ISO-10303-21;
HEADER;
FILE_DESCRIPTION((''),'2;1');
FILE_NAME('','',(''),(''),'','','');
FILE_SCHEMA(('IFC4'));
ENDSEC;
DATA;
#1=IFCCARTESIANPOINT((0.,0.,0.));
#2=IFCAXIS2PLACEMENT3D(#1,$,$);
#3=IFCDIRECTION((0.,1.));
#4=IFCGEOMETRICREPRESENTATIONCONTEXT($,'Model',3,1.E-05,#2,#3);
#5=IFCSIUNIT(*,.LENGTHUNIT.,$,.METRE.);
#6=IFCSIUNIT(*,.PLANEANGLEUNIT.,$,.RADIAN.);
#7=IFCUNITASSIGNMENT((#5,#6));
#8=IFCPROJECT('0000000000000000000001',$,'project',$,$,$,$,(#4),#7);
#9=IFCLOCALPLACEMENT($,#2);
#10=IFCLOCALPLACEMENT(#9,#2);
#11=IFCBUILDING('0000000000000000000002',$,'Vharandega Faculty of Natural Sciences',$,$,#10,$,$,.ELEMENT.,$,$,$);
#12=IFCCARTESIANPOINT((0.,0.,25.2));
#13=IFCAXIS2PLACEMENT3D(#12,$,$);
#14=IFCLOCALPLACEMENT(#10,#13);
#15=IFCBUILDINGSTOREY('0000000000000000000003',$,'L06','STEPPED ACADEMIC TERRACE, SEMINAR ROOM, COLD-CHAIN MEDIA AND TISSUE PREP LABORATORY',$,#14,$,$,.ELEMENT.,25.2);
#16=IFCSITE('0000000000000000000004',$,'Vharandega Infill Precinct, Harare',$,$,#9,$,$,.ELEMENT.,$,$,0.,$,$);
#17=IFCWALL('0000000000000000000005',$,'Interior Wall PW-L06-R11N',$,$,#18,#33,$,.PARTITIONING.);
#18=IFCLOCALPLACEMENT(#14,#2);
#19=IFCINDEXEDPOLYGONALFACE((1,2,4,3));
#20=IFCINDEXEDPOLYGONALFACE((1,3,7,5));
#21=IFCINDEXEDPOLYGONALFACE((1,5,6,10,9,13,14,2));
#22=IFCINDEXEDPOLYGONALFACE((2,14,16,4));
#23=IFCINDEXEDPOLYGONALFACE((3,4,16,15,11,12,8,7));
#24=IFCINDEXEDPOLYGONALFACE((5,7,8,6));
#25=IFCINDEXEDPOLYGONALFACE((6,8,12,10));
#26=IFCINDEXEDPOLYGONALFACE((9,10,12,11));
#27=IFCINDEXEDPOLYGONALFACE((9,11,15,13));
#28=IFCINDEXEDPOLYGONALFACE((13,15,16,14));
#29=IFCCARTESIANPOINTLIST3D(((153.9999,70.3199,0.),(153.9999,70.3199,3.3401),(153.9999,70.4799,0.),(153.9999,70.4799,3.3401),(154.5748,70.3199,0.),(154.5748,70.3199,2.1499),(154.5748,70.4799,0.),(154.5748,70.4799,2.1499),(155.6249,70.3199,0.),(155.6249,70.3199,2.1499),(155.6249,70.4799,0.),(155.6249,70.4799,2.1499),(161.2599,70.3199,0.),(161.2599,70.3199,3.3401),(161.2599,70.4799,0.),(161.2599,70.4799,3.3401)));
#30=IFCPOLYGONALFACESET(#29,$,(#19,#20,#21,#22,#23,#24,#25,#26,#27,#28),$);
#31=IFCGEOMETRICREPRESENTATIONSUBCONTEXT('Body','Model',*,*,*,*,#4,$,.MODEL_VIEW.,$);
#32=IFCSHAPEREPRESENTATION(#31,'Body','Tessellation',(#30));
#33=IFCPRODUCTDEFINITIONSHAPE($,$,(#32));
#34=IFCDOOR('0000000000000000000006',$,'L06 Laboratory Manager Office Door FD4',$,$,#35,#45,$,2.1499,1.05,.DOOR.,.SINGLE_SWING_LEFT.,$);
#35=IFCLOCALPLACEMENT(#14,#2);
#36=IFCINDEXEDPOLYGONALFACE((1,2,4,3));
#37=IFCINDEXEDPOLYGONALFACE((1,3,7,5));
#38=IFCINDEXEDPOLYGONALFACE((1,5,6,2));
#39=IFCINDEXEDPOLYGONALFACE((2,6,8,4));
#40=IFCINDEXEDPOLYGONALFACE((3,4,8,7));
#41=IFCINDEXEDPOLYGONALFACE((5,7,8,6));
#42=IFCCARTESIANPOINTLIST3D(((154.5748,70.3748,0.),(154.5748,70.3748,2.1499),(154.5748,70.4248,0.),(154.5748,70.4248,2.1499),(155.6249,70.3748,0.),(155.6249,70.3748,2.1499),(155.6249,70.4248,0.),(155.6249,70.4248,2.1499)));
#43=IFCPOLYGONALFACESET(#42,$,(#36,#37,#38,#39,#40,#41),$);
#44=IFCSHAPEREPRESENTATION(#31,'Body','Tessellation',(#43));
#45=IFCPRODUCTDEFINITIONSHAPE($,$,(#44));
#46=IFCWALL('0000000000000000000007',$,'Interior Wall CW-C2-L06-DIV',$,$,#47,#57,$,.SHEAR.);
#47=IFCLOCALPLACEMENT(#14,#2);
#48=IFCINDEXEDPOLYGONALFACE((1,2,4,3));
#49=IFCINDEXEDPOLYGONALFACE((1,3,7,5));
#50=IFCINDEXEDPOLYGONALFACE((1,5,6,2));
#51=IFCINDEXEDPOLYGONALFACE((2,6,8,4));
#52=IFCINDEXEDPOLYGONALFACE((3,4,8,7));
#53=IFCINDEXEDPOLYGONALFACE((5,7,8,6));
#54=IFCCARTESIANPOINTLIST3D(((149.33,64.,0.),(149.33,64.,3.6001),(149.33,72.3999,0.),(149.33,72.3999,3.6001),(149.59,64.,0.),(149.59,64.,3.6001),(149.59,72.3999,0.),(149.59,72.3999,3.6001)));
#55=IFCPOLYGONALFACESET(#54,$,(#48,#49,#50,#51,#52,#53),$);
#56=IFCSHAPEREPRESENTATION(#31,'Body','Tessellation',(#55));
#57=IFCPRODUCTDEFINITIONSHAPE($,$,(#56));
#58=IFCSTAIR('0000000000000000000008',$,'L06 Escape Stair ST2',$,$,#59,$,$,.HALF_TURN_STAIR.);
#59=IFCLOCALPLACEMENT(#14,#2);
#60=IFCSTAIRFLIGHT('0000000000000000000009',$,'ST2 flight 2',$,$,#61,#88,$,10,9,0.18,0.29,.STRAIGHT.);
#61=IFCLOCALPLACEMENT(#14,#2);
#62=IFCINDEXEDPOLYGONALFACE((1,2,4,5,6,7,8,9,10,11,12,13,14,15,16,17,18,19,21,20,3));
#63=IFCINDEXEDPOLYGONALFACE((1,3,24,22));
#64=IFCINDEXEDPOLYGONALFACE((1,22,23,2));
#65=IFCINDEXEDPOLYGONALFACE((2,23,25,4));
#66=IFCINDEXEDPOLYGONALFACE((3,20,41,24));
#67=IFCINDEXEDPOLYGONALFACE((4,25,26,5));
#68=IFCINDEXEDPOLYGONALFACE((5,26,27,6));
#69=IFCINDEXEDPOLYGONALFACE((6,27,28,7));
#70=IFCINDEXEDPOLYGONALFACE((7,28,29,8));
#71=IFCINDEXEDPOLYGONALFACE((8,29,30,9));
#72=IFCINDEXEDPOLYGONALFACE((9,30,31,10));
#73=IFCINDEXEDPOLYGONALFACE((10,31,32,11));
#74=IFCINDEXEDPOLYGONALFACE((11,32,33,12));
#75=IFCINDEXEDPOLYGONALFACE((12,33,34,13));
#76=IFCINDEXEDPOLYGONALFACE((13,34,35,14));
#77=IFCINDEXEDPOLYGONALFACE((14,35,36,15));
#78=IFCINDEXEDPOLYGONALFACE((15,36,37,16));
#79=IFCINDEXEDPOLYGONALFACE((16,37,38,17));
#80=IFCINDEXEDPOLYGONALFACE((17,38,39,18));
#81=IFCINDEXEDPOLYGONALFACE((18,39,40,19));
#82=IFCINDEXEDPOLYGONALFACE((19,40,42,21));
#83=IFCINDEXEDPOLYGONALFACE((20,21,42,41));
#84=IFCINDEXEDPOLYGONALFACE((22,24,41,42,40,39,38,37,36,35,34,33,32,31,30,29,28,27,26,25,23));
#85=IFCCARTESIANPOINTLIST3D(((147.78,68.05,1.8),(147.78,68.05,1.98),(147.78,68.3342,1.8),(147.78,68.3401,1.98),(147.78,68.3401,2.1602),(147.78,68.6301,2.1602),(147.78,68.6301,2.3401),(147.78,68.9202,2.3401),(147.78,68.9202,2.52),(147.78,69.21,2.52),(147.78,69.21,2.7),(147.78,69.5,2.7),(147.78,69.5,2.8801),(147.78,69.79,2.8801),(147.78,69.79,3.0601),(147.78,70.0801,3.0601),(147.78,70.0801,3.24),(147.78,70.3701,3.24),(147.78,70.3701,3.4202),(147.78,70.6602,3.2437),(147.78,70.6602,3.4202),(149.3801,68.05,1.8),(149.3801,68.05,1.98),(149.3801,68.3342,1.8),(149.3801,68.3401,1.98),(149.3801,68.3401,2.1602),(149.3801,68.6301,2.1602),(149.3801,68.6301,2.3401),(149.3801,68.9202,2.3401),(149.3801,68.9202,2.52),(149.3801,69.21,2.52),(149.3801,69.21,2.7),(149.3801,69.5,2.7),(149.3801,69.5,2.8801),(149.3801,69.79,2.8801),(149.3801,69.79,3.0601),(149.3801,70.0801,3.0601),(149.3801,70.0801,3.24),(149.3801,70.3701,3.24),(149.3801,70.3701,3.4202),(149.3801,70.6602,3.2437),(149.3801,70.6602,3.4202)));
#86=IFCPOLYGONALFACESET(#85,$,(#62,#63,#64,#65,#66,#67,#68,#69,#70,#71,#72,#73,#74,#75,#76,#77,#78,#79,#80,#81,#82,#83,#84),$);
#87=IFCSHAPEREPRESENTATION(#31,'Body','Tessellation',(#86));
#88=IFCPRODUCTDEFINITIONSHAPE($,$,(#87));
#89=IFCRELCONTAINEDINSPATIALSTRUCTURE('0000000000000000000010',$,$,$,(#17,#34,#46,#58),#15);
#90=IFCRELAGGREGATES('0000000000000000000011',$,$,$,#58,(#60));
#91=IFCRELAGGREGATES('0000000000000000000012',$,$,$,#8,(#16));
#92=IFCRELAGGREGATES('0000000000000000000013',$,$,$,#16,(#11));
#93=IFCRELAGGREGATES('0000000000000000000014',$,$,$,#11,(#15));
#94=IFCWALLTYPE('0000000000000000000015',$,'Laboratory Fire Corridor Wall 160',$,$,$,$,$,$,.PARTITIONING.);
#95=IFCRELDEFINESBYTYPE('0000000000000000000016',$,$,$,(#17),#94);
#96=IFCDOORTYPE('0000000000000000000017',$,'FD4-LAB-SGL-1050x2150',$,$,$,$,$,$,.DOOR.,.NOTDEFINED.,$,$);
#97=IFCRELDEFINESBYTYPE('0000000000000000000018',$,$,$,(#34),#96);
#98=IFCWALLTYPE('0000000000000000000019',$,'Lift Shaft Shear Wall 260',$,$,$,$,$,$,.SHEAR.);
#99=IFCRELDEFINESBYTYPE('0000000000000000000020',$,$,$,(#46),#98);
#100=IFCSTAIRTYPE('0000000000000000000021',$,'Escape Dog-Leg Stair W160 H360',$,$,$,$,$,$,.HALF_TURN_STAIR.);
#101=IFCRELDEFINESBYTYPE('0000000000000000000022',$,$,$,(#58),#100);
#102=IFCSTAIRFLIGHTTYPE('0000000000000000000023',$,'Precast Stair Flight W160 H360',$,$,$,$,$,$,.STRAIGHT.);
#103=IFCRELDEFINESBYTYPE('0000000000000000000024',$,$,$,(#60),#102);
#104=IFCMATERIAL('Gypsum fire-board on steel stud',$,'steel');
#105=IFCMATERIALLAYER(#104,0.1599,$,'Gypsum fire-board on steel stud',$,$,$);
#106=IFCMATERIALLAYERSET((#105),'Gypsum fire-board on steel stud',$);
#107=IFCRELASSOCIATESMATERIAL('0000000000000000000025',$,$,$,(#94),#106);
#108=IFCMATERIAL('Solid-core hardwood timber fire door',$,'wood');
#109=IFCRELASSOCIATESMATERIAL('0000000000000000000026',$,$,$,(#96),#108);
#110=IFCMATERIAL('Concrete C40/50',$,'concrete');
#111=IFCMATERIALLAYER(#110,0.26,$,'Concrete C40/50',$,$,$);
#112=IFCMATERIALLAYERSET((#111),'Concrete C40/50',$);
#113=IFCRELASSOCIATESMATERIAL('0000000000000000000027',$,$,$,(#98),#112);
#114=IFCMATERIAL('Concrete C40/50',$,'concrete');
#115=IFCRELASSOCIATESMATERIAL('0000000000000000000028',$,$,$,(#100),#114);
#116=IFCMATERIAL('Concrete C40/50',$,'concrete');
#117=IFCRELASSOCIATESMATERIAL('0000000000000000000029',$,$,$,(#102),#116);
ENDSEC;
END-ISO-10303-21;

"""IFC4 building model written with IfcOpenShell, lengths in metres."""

from ifc_helpers import new_model, si_unit, direction, frame, frame_2d, origin, place, context, subcontext, project, spatial, polyline, rectangle, outline, extrude, material, layer, layer_set, type_object, element, fill, aggregate, save


model = new_model("IFC4")

# Units and contexts
model_context = context("Model", 3, precision=1e-05, world=origin(), true_north=direction((0.0, 1.0)))
body_context = subcontext(model_context, "Body", "Model", "MODEL_VIEW")
ifc_project = project(units=[si_unit("LENGTHUNIT", "METRE"), si_unit("PLANEANGLEUNIT", "RADIAN")], contexts=[model_context])

# Site, building, storey
site_placement = place(None, origin())
site = spatial("IfcSite", under=ifc_project, at=site_placement, Name="Vharandega Infill Precinct, Harare", CompositionType="ELEMENT", RefElevation=0.0)
building_placement = place(site_placement, origin())
building = spatial("IfcBuilding", under=site, at=building_placement, Name="Vharandega Faculty of Natural Sciences", CompositionType="ELEMENT")
storey_placement = place(building_placement, frame((0.0, 0.0, 25.2)))
storey = spatial("IfcBuildingStorey", under=building, at=storey_placement, Name="L06", Description="STEPPED ACADEMIC TERRACE, SEMINAR ROOM, COLD-CHAIN MEDIA AND TISSUE PREP LABORATORY", CompositionType="ELEMENT", Elevation=25.2)

# Wall, opening, door
ifc_material_1 = material(Name="Gypsum fire-board on steel stud", Category="steel")
ifc_layer_1 = layer(ifc_material_1, 0.1599, Name="Gypsum fire-board on steel stud")
ifc_layer_set_1 = layer_set([ifc_layer_1], Name="Gypsum fire-board on steel stud")
wall_type_1 = type_object("IfcWallType", Name="Laboratory Fire Corridor Wall 160", PredefinedType="PARTITIONING", material=ifc_layer_set_1)
wall_1_placement = place(storey_placement, frame((154.0, 70.3999, 0.0), z_axis=(0.0, 0.0, 1.0), x_axis=(1.0, 0.0, 0.0)))
wall_1 = element("IfcWall", 1, at=wall_1_placement, inside=storey, type_object=wall_type_1, Name="Interior Wall PW-L06-R11N", PredefinedType="PARTITIONING", context=body_context, shape_type="SweptSolid", body=[
    extrude(rectangle(XDim=7.26, YDim=0.1599, at=frame_2d((3.6299, 0.0))), origin(), (0.0, 0.0, 1.0), 3.3401),
])
opening_1_placement = place(wall_1_placement, frame((0.575, 0.0, 0.0)))
opening_1 = element("IfcOpeningElement", 2, at=opening_1_placement, cuts=wall_1, PredefinedType="OPENING", context=body_context, shape_type="SweptSolid", body=[
    extrude(rectangle(XDim=1.05, YDim=2.1499, at=frame_2d((0.5249, 1.075))), frame((0.0, 0.0898, 0.0), z_axis=(0.0, -1.0, 0.0), x_axis=(1.0, 0.0, 0.0)), (0.0, 0.0, 1.0), 0.1799),
])
ifc_material_2 = material(Name="Solid-core hardwood timber fire door", Category="wood")
door_type_1 = type_object("IfcDoorType", Name="FD4-LAB-SGL-1050x2150", OperationType="NOTDEFINED", PredefinedType="DOOR", material=ifc_material_2)
door_1_placement = place(opening_1_placement, origin())
door_1 = element("IfcDoor", 3, at=door_1_placement, inside=storey, type_object=door_type_1, Name="L06 Laboratory Manager Office Door FD4", OperationType="SINGLE_SWING_LEFT", OverallHeight=2.1499, OverallWidth=1.05, PredefinedType="DOOR", context=body_context, shape_type="SweptSolid", body=[
    extrude(rectangle(XDim=1.05, YDim=2.1499, at=frame_2d((0.5249, 1.075))), frame((0.0, 0.0249, 0.0), z_axis=(0.0, -1.0, 0.0), x_axis=(1.0, 0.0, 0.0)), (0.0, 0.0, 1.0), 0.05),
])
fill(opening_1, door_1)

# Wall
ifc_material_3 = material(Name="Concrete C40/50", Category="concrete")
ifc_layer_2 = layer(ifc_material_3, 0.26, Name="Concrete C40/50")
ifc_layer_set_2 = layer_set([ifc_layer_2], Name="Concrete C40/50")
wall_type_2 = type_object("IfcWallType", Name="Lift Shaft Shear Wall 260", PredefinedType="SHEAR", material=ifc_layer_set_2)
wall_2_placement = place(storey_placement, frame((149.46, 64.0, 0.0), z_axis=(0.0, 0.0, 1.0), x_axis=(0.0, 1.0, 0.0)))
element("IfcWall", 4, at=wall_2_placement, inside=storey, type_object=wall_type_2, Name="Interior Wall CW-C2-L06-DIV", PredefinedType="SHEAR", context=body_context, shape_type="SweptSolid", body=[
    extrude(rectangle(XDim=8.3999, YDim=0.26, at=frame_2d((4.2, 0.0))), origin(), (0.0, 0.0, 1.0), 3.6001),
])

# Stair, stair flight
ifc_material_4 = material(Name="Concrete C40/50", Category="concrete")
stair_type = type_object("IfcStairType", Name="Escape Dog-Leg Stair W160 H360", PredefinedType="HALF_TURN_STAIR", material=ifc_material_4)
stair_placement = place(storey_placement, origin())
stair = element("IfcStair", 5, at=stair_placement, inside=storey, type_object=stair_type, Name="L06 Escape Stair ST2", PredefinedType="HALF_TURN_STAIR")
ifc_material_5 = material(Name="Concrete C40/50", Category="concrete")
stair_flight_type = type_object("IfcStairFlightType", Name="Precast Stair Flight W160 H360", PredefinedType="STRAIGHT", material=ifc_material_5)
stair_flight_placement = place(storey_placement, frame((148.5801, 68.05, 1.8), z_axis=(0.0, 0.0, 1.0), x_axis=(0.0, 1.0, 0.0)))
stair_flight = element("IfcStairFlight", 6, at=stair_flight_placement, type_object=stair_flight_type, Name="ST2 flight 2", NumberOfRisers=10, NumberOfTreads=9, PredefinedType="STRAIGHT", RiserHeight=0.18, TreadLength=0.29, context=body_context, shape_type="SweptSolid", body=[
    extrude(outline(polyline([(0.0, 0.0), (0.0, 0.1799), (0.29, 0.1799), (0.29, 0.3601), (0.5801, 0.3601), (0.5801, 0.54), (0.8701, 0.54), (0.8701, 0.72), (1.1599, 0.72), (1.1599, 0.8999), (1.45, 0.8999), (1.45, 1.0801), (1.74, 1.0801), (1.74, 1.26), (2.03, 1.26), (2.03, 1.4399), (2.3201, 1.4399), (2.3201, 1.6201), (2.6101, 1.6201), (2.6101, 1.8), (2.6101, 1.4436), (0.2842, 0.0), (0.0, 0.0)])), frame((0.0, 0.8, 0.0), z_axis=(0.0, -1.0, 0.0), x_axis=(1.0, 0.0, 0.0)), (0.0, 0.0, 1.0), 1.6001),
])
aggregate(stair, [stair_flight])

save(model, "model.ifc")
